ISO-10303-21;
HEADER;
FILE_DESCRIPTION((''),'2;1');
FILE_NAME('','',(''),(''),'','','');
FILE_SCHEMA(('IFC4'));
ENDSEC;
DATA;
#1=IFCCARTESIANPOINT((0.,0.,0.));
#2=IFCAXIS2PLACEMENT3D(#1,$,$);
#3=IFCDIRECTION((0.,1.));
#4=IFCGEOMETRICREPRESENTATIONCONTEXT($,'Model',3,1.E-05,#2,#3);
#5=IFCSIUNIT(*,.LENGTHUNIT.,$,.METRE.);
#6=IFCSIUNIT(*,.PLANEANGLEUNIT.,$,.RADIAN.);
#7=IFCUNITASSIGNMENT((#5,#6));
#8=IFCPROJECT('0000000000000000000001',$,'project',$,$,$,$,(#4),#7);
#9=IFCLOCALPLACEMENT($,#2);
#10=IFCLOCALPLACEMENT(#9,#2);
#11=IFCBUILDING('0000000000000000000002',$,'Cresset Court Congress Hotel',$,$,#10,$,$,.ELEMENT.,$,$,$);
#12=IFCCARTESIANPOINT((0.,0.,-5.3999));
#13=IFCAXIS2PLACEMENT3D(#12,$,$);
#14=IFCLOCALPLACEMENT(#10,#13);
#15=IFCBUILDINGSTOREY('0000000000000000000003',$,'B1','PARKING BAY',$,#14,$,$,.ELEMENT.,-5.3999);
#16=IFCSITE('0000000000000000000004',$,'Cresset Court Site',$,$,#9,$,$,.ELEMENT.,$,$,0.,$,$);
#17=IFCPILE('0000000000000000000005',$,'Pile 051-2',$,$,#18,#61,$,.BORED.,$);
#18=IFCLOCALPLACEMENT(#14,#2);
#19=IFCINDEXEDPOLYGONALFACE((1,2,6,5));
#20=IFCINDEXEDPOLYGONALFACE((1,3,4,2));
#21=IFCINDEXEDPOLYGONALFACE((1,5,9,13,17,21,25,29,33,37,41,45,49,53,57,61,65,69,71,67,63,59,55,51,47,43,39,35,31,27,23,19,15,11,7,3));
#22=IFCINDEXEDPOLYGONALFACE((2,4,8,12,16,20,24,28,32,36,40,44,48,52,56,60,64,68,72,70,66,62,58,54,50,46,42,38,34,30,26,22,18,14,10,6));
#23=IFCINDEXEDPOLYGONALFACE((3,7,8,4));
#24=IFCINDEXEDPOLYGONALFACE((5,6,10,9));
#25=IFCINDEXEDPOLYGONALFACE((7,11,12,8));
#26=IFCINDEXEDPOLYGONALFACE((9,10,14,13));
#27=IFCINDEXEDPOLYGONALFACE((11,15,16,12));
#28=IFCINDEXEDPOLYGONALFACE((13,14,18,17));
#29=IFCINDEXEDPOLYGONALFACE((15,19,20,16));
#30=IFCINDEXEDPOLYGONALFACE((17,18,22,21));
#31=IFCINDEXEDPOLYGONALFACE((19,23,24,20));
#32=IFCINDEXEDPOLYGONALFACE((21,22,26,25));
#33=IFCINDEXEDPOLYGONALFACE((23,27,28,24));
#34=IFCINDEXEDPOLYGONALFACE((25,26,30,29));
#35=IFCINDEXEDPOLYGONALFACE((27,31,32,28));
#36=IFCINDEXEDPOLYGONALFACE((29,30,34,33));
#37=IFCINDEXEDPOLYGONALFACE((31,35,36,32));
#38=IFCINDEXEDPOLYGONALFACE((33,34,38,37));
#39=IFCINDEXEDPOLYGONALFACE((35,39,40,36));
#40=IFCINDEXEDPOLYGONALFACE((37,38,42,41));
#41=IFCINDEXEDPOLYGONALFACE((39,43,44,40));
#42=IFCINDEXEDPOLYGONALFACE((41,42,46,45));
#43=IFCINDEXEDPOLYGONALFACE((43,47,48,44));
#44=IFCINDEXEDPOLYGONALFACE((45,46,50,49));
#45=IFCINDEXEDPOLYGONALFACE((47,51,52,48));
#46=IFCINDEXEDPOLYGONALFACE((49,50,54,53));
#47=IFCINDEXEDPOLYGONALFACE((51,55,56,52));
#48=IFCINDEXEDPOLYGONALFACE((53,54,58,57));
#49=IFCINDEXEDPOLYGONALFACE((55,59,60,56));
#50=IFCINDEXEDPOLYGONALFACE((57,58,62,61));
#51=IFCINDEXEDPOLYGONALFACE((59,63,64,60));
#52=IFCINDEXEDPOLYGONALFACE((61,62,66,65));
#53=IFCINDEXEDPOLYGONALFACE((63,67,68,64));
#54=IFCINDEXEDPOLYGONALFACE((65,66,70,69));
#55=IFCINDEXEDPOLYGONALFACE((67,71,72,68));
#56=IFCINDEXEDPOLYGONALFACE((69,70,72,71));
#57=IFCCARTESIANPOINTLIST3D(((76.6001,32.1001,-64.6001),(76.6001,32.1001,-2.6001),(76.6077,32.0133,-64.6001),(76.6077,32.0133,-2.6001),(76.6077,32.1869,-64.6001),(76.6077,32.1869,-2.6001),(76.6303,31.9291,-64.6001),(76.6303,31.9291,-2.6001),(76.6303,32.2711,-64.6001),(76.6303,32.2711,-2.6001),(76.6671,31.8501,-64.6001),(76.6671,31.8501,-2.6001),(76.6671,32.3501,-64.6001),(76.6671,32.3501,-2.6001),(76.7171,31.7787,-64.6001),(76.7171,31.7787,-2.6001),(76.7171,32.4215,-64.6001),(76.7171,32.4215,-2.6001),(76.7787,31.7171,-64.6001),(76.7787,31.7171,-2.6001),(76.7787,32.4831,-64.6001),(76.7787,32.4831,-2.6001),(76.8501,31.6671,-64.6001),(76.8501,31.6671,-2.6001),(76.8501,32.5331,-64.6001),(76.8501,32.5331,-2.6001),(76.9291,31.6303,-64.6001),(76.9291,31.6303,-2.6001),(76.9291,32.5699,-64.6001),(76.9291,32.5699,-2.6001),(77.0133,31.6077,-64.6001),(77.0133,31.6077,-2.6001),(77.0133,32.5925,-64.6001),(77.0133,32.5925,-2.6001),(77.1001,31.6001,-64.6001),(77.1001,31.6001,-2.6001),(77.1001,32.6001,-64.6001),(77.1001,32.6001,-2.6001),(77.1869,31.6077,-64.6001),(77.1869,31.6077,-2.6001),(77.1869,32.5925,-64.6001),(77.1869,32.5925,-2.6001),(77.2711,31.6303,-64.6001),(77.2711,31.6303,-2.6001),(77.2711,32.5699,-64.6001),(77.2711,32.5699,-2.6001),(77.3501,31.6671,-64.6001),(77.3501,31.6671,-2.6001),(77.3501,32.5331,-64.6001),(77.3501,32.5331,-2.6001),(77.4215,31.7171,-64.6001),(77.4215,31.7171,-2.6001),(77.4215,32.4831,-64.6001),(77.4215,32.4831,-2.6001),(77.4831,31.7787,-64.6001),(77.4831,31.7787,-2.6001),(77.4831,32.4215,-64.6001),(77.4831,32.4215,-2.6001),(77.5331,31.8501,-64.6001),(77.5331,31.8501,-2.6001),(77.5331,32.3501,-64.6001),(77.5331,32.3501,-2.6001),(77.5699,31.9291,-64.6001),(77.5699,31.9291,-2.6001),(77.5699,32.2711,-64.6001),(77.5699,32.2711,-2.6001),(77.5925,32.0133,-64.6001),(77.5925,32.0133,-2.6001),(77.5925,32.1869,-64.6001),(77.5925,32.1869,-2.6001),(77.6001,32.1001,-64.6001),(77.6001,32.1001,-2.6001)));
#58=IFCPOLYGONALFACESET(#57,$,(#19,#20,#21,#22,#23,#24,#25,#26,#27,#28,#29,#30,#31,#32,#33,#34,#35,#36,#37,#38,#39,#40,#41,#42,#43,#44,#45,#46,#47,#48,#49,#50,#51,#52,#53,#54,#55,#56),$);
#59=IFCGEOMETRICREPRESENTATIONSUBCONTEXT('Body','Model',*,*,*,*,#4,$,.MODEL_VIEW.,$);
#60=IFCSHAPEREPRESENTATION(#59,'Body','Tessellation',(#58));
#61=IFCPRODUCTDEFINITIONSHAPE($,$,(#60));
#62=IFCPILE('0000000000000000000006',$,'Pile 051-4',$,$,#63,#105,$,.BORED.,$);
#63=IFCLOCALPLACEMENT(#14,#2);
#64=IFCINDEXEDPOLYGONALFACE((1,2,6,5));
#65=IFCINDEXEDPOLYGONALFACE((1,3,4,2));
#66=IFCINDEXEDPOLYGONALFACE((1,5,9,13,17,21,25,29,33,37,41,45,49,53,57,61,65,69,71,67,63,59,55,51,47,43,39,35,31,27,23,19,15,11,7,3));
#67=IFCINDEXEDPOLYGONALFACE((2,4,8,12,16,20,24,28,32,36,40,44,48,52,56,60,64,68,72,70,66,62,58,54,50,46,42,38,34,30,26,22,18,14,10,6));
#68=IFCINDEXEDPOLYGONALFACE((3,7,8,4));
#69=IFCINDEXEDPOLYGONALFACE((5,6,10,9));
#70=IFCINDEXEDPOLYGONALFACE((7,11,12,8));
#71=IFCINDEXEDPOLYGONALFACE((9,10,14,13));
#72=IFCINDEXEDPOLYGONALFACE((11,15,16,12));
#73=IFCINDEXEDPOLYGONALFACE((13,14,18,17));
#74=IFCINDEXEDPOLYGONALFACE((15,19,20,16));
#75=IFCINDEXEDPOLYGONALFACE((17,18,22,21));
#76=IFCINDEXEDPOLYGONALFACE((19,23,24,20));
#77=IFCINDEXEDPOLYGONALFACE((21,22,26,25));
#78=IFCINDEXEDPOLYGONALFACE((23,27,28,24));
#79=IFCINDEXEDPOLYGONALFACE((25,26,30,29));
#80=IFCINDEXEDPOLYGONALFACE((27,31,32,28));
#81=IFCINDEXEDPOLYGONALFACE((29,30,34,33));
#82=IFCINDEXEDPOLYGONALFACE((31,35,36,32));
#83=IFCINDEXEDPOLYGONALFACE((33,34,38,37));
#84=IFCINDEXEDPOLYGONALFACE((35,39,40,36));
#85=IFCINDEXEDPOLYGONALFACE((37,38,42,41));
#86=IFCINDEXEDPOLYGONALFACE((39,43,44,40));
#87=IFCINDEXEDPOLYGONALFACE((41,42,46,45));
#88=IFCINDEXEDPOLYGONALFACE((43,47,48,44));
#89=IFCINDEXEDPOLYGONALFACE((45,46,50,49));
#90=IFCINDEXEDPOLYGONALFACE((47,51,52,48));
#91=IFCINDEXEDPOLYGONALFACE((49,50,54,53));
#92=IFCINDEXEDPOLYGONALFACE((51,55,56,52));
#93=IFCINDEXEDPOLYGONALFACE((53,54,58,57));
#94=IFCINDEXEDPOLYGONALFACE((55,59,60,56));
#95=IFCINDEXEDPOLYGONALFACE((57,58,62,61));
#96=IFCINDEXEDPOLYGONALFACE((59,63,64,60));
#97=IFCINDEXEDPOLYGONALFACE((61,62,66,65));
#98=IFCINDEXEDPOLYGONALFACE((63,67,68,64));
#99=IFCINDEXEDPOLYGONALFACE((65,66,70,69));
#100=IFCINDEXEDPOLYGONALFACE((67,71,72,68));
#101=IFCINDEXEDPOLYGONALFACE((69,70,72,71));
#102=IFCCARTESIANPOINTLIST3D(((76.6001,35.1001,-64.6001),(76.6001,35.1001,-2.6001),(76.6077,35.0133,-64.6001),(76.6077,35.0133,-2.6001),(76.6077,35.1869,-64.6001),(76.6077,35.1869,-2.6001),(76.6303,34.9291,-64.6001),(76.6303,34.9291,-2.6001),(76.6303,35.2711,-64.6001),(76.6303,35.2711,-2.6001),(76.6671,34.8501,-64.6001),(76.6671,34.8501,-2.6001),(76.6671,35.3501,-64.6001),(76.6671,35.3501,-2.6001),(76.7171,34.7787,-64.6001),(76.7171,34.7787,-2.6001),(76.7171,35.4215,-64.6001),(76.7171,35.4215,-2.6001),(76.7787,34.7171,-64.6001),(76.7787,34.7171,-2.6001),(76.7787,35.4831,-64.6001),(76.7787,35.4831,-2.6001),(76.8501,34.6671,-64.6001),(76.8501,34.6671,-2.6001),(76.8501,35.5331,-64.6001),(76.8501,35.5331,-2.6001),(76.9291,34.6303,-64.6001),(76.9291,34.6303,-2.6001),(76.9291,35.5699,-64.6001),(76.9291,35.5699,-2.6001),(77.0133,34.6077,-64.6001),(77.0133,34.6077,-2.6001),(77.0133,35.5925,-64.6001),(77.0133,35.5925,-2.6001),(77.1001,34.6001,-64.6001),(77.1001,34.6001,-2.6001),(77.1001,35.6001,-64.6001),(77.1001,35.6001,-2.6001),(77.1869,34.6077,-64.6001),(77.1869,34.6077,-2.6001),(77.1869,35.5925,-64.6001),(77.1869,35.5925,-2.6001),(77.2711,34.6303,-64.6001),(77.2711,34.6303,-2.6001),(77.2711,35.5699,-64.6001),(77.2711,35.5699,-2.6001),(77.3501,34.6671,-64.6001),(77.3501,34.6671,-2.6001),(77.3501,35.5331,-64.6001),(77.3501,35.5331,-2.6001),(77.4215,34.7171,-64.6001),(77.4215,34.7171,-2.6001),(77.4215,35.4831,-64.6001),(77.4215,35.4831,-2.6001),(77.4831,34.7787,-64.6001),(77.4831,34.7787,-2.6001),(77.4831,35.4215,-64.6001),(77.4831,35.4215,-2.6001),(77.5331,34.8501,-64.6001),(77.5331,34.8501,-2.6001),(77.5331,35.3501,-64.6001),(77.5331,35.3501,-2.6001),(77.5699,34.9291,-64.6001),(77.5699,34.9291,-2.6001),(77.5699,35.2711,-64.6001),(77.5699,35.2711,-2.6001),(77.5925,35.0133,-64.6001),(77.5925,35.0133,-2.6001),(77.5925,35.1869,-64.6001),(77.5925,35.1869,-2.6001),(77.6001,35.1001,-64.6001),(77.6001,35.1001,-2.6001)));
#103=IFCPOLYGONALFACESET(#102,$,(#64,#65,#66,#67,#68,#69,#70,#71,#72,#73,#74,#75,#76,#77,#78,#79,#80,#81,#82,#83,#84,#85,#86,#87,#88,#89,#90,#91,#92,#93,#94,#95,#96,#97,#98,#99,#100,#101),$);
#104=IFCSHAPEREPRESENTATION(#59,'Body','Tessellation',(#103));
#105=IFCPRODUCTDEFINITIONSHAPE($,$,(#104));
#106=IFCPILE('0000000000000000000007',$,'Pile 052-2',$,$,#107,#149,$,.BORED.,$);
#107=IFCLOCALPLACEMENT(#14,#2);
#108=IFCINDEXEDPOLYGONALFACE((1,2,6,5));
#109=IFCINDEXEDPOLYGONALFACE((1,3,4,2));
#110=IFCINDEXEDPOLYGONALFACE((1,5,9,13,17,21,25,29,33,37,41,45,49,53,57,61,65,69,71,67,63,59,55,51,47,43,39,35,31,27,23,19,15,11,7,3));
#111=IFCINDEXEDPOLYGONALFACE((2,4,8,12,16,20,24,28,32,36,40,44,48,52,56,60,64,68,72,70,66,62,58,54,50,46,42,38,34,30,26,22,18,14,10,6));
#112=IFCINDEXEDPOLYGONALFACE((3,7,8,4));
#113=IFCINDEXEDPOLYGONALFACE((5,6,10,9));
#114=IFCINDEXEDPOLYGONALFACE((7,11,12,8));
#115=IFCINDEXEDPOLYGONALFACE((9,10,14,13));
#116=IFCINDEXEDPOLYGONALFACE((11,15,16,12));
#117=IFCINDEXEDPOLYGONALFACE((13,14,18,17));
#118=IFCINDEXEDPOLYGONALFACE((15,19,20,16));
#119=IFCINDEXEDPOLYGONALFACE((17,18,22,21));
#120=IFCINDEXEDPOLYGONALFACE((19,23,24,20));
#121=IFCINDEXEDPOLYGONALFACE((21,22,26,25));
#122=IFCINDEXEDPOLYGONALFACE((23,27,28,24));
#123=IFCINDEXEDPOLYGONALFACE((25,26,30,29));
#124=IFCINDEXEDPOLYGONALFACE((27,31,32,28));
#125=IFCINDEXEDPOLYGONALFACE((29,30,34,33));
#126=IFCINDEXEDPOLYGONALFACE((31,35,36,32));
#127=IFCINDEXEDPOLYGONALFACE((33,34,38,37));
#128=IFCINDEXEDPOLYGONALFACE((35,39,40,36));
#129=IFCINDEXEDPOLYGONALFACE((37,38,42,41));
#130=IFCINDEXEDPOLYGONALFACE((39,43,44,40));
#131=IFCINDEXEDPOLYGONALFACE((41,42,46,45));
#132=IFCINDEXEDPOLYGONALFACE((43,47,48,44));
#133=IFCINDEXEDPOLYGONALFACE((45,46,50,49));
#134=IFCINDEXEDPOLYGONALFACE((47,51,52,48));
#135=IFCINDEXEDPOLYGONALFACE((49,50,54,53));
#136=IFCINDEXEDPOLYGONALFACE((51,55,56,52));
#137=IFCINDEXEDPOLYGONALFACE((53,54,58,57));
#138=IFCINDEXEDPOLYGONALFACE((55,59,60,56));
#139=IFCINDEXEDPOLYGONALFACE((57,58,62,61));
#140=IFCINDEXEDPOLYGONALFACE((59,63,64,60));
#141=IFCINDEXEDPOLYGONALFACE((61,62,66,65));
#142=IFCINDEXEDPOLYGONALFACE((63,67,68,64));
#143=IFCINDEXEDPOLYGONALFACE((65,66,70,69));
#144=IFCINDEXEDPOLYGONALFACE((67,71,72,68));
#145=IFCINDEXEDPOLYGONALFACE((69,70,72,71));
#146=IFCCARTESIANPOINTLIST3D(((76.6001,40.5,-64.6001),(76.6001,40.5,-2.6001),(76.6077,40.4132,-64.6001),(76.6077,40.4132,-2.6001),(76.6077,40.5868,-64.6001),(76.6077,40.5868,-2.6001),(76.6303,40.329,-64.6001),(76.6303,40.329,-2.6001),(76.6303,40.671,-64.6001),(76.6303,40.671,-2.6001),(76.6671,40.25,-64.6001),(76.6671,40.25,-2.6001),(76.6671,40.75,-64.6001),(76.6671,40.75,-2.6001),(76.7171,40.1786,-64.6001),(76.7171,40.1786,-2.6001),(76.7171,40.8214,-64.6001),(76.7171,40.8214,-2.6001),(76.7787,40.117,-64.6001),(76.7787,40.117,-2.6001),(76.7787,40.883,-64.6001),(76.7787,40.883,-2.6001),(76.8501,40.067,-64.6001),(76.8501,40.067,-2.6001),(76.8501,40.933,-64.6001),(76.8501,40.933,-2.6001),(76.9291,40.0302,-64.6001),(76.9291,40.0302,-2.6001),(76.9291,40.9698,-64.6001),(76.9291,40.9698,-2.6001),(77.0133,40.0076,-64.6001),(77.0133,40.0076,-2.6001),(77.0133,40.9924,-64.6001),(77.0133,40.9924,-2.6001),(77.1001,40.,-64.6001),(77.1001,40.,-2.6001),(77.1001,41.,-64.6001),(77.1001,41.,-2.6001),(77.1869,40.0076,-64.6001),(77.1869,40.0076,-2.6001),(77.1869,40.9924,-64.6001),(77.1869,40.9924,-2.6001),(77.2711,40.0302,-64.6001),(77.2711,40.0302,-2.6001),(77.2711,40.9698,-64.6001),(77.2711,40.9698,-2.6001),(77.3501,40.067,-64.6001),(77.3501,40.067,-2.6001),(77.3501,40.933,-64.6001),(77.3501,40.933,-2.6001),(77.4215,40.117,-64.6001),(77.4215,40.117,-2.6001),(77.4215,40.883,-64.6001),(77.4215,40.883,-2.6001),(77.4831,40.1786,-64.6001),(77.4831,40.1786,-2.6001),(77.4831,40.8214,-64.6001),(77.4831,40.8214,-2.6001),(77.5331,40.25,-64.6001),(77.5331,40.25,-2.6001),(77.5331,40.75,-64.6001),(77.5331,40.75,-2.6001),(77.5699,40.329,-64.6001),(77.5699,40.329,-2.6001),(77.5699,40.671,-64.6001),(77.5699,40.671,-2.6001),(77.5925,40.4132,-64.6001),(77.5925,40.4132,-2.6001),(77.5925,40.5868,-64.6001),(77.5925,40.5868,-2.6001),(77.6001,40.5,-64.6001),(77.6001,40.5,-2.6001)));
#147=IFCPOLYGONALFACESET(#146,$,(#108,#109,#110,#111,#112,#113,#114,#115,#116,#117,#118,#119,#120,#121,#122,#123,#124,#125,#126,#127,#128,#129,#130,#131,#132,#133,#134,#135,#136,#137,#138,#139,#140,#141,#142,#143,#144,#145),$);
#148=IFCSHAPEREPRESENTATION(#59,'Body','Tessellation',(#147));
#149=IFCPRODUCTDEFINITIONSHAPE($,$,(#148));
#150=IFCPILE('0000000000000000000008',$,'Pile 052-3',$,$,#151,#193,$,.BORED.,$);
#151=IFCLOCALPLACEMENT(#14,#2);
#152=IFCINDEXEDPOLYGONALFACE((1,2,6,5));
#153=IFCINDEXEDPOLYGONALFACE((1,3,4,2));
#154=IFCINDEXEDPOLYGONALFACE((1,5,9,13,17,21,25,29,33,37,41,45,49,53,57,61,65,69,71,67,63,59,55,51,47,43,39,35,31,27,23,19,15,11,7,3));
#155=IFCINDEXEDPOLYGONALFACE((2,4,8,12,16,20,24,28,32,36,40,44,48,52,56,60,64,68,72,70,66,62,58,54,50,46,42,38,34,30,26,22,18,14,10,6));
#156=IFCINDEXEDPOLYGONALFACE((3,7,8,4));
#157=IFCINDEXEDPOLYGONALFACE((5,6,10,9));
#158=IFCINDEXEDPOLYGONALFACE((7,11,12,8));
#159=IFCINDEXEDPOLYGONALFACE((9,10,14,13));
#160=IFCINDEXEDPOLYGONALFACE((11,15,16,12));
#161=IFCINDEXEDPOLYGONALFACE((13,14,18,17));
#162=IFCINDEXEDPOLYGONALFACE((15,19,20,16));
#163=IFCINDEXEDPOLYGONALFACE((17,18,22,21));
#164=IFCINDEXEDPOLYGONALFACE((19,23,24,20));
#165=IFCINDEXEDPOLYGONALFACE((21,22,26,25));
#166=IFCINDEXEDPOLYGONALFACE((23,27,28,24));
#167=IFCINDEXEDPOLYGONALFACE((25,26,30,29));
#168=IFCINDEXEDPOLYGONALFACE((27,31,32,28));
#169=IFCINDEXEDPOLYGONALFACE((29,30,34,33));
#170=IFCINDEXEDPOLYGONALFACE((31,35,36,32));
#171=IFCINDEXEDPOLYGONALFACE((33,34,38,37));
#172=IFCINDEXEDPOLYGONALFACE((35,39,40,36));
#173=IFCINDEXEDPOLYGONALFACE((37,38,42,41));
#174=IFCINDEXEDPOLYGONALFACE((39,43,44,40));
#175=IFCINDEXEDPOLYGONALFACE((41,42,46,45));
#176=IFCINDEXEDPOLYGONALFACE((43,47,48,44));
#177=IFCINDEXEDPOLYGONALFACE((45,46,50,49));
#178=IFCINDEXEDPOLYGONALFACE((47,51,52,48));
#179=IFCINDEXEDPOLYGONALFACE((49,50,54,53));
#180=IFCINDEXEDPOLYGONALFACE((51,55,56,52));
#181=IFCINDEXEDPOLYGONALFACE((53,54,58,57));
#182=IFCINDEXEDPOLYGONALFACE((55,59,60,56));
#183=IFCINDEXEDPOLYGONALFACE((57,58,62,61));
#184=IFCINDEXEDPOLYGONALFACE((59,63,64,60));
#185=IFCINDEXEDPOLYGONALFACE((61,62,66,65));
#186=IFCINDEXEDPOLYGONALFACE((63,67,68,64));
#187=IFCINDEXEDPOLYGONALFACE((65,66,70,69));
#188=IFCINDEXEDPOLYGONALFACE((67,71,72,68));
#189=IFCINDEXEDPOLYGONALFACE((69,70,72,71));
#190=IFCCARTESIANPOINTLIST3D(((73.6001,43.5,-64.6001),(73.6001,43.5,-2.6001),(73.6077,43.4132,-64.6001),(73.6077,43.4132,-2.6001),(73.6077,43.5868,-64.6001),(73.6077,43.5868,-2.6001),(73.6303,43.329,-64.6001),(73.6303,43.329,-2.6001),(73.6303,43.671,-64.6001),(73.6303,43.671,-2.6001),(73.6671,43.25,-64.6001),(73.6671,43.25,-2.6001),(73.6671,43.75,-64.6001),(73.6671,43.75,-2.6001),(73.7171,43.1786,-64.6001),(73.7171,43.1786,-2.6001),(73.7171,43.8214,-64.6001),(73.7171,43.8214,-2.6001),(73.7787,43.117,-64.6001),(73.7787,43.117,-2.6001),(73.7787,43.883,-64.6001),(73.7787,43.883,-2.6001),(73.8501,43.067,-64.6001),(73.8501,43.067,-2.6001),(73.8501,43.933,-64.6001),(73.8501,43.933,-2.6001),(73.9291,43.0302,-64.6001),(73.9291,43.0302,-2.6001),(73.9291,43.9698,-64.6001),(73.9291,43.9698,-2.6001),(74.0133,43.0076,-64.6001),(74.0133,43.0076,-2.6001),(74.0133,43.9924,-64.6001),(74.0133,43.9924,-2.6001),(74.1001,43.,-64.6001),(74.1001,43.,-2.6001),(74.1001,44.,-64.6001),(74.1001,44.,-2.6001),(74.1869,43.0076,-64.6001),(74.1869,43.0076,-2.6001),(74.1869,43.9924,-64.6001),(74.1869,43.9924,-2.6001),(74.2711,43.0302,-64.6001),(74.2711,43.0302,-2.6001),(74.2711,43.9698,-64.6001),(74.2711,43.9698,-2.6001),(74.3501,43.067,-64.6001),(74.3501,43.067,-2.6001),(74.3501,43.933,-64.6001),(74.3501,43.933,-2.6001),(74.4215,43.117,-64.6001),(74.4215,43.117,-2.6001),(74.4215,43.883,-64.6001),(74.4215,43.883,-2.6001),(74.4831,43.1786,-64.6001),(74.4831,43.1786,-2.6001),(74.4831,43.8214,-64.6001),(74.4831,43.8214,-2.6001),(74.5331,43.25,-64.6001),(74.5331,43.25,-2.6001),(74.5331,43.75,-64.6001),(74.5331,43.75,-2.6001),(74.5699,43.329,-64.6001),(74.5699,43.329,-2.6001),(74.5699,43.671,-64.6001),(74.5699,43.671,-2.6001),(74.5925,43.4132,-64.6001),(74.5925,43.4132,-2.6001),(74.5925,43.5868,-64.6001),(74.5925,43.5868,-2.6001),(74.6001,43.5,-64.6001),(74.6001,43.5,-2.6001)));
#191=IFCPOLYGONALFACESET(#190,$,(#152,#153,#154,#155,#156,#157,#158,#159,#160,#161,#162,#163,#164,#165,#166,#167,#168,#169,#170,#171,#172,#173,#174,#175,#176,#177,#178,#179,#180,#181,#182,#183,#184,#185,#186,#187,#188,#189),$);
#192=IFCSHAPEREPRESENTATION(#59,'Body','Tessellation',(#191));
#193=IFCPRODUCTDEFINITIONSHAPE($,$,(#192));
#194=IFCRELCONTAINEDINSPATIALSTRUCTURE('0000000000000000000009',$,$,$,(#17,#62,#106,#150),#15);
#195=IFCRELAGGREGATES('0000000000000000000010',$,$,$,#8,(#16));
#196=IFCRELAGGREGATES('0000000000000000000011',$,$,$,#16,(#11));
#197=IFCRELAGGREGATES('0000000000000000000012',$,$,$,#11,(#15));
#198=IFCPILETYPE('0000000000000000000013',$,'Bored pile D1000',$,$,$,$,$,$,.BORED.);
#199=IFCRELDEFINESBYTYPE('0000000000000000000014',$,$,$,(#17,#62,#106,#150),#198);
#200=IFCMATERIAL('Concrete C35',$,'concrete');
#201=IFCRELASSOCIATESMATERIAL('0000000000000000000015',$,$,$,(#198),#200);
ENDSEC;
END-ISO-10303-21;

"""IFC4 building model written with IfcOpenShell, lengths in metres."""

from ifc_helpers import new_model, si_unit, direction, frame, origin, origin_2d, place, context, subcontext, project, spatial, circle, extrude, material, type_object, element, save


model = new_model("IFC4")

# Units and contexts
model_context = context("Model", 3, precision=1e-05, world=origin(), true_north=direction((0.0, 1.0)))
body_context = subcontext(model_context, "Body", "Model", "MODEL_VIEW")
ifc_project = project(units=[si_unit("LENGTHUNIT", "METRE"), si_unit("PLANEANGLEUNIT", "RADIAN")], contexts=[model_context])

# Site, building, storey
site_placement = place(None, origin())
site = spatial("IfcSite", under=ifc_project, at=site_placement, Name="Cresset Court Site", CompositionType="ELEMENT", RefElevation=0.0)
building_placement = place(site_placement, origin())
building = spatial("IfcBuilding", under=site, at=building_placement, Name="Cresset Court Congress Hotel", CompositionType="ELEMENT")
storey_placement = place(building_placement, frame((0.0, 0.0, -5.3999)))
storey = spatial("IfcBuildingStorey", under=building, at=storey_placement, Name="B1", Description="PARKING BAY", CompositionType="ELEMENT", Elevation=-5.3999)

# Piles
ifc_material_1 = material(Name="Concrete C35", Category="concrete")
pile_type = type_object("IfcPileType", Name="Bored pile D1000", PredefinedType="BORED", material=ifc_material_1)
for number, where, z_axis, x_axis, name in (
    (1, (77.1001, 32.1001, -2.6001), (0.0, 0.0, -1.0), (1.0, 0.0, 0.0), "Pile 051-2"),
    (2, (77.1001, 35.1001, -2.6001), (0.0, 0.0, -1.0), (1.0, 0.0, 0.0), "Pile 051-4"),
    (3, (77.1001, 40.5, -2.6001), (0.0, 0.0, -1.0), (1.0, 0.0, 0.0), "Pile 052-2"),
    (4, (74.1001, 43.5, -2.6001), (0.0, 0.0, -1.0), (1.0, 0.0, 0.0), "Pile 052-3"),
):
    element("IfcPile", number, at=place(storey_placement, frame(where, z_axis=z_axis, x_axis=x_axis)), inside=storey, type_object=pile_type, Name=name, PredefinedType="BORED", context=body_context, shape_type="SweptSolid", body=[
        extrude(circle(Radius=0.5, at=origin_2d()), origin(), (0.0, 0.0, 1.0), 62.0),
    ])

save(model, "model.ifc")
